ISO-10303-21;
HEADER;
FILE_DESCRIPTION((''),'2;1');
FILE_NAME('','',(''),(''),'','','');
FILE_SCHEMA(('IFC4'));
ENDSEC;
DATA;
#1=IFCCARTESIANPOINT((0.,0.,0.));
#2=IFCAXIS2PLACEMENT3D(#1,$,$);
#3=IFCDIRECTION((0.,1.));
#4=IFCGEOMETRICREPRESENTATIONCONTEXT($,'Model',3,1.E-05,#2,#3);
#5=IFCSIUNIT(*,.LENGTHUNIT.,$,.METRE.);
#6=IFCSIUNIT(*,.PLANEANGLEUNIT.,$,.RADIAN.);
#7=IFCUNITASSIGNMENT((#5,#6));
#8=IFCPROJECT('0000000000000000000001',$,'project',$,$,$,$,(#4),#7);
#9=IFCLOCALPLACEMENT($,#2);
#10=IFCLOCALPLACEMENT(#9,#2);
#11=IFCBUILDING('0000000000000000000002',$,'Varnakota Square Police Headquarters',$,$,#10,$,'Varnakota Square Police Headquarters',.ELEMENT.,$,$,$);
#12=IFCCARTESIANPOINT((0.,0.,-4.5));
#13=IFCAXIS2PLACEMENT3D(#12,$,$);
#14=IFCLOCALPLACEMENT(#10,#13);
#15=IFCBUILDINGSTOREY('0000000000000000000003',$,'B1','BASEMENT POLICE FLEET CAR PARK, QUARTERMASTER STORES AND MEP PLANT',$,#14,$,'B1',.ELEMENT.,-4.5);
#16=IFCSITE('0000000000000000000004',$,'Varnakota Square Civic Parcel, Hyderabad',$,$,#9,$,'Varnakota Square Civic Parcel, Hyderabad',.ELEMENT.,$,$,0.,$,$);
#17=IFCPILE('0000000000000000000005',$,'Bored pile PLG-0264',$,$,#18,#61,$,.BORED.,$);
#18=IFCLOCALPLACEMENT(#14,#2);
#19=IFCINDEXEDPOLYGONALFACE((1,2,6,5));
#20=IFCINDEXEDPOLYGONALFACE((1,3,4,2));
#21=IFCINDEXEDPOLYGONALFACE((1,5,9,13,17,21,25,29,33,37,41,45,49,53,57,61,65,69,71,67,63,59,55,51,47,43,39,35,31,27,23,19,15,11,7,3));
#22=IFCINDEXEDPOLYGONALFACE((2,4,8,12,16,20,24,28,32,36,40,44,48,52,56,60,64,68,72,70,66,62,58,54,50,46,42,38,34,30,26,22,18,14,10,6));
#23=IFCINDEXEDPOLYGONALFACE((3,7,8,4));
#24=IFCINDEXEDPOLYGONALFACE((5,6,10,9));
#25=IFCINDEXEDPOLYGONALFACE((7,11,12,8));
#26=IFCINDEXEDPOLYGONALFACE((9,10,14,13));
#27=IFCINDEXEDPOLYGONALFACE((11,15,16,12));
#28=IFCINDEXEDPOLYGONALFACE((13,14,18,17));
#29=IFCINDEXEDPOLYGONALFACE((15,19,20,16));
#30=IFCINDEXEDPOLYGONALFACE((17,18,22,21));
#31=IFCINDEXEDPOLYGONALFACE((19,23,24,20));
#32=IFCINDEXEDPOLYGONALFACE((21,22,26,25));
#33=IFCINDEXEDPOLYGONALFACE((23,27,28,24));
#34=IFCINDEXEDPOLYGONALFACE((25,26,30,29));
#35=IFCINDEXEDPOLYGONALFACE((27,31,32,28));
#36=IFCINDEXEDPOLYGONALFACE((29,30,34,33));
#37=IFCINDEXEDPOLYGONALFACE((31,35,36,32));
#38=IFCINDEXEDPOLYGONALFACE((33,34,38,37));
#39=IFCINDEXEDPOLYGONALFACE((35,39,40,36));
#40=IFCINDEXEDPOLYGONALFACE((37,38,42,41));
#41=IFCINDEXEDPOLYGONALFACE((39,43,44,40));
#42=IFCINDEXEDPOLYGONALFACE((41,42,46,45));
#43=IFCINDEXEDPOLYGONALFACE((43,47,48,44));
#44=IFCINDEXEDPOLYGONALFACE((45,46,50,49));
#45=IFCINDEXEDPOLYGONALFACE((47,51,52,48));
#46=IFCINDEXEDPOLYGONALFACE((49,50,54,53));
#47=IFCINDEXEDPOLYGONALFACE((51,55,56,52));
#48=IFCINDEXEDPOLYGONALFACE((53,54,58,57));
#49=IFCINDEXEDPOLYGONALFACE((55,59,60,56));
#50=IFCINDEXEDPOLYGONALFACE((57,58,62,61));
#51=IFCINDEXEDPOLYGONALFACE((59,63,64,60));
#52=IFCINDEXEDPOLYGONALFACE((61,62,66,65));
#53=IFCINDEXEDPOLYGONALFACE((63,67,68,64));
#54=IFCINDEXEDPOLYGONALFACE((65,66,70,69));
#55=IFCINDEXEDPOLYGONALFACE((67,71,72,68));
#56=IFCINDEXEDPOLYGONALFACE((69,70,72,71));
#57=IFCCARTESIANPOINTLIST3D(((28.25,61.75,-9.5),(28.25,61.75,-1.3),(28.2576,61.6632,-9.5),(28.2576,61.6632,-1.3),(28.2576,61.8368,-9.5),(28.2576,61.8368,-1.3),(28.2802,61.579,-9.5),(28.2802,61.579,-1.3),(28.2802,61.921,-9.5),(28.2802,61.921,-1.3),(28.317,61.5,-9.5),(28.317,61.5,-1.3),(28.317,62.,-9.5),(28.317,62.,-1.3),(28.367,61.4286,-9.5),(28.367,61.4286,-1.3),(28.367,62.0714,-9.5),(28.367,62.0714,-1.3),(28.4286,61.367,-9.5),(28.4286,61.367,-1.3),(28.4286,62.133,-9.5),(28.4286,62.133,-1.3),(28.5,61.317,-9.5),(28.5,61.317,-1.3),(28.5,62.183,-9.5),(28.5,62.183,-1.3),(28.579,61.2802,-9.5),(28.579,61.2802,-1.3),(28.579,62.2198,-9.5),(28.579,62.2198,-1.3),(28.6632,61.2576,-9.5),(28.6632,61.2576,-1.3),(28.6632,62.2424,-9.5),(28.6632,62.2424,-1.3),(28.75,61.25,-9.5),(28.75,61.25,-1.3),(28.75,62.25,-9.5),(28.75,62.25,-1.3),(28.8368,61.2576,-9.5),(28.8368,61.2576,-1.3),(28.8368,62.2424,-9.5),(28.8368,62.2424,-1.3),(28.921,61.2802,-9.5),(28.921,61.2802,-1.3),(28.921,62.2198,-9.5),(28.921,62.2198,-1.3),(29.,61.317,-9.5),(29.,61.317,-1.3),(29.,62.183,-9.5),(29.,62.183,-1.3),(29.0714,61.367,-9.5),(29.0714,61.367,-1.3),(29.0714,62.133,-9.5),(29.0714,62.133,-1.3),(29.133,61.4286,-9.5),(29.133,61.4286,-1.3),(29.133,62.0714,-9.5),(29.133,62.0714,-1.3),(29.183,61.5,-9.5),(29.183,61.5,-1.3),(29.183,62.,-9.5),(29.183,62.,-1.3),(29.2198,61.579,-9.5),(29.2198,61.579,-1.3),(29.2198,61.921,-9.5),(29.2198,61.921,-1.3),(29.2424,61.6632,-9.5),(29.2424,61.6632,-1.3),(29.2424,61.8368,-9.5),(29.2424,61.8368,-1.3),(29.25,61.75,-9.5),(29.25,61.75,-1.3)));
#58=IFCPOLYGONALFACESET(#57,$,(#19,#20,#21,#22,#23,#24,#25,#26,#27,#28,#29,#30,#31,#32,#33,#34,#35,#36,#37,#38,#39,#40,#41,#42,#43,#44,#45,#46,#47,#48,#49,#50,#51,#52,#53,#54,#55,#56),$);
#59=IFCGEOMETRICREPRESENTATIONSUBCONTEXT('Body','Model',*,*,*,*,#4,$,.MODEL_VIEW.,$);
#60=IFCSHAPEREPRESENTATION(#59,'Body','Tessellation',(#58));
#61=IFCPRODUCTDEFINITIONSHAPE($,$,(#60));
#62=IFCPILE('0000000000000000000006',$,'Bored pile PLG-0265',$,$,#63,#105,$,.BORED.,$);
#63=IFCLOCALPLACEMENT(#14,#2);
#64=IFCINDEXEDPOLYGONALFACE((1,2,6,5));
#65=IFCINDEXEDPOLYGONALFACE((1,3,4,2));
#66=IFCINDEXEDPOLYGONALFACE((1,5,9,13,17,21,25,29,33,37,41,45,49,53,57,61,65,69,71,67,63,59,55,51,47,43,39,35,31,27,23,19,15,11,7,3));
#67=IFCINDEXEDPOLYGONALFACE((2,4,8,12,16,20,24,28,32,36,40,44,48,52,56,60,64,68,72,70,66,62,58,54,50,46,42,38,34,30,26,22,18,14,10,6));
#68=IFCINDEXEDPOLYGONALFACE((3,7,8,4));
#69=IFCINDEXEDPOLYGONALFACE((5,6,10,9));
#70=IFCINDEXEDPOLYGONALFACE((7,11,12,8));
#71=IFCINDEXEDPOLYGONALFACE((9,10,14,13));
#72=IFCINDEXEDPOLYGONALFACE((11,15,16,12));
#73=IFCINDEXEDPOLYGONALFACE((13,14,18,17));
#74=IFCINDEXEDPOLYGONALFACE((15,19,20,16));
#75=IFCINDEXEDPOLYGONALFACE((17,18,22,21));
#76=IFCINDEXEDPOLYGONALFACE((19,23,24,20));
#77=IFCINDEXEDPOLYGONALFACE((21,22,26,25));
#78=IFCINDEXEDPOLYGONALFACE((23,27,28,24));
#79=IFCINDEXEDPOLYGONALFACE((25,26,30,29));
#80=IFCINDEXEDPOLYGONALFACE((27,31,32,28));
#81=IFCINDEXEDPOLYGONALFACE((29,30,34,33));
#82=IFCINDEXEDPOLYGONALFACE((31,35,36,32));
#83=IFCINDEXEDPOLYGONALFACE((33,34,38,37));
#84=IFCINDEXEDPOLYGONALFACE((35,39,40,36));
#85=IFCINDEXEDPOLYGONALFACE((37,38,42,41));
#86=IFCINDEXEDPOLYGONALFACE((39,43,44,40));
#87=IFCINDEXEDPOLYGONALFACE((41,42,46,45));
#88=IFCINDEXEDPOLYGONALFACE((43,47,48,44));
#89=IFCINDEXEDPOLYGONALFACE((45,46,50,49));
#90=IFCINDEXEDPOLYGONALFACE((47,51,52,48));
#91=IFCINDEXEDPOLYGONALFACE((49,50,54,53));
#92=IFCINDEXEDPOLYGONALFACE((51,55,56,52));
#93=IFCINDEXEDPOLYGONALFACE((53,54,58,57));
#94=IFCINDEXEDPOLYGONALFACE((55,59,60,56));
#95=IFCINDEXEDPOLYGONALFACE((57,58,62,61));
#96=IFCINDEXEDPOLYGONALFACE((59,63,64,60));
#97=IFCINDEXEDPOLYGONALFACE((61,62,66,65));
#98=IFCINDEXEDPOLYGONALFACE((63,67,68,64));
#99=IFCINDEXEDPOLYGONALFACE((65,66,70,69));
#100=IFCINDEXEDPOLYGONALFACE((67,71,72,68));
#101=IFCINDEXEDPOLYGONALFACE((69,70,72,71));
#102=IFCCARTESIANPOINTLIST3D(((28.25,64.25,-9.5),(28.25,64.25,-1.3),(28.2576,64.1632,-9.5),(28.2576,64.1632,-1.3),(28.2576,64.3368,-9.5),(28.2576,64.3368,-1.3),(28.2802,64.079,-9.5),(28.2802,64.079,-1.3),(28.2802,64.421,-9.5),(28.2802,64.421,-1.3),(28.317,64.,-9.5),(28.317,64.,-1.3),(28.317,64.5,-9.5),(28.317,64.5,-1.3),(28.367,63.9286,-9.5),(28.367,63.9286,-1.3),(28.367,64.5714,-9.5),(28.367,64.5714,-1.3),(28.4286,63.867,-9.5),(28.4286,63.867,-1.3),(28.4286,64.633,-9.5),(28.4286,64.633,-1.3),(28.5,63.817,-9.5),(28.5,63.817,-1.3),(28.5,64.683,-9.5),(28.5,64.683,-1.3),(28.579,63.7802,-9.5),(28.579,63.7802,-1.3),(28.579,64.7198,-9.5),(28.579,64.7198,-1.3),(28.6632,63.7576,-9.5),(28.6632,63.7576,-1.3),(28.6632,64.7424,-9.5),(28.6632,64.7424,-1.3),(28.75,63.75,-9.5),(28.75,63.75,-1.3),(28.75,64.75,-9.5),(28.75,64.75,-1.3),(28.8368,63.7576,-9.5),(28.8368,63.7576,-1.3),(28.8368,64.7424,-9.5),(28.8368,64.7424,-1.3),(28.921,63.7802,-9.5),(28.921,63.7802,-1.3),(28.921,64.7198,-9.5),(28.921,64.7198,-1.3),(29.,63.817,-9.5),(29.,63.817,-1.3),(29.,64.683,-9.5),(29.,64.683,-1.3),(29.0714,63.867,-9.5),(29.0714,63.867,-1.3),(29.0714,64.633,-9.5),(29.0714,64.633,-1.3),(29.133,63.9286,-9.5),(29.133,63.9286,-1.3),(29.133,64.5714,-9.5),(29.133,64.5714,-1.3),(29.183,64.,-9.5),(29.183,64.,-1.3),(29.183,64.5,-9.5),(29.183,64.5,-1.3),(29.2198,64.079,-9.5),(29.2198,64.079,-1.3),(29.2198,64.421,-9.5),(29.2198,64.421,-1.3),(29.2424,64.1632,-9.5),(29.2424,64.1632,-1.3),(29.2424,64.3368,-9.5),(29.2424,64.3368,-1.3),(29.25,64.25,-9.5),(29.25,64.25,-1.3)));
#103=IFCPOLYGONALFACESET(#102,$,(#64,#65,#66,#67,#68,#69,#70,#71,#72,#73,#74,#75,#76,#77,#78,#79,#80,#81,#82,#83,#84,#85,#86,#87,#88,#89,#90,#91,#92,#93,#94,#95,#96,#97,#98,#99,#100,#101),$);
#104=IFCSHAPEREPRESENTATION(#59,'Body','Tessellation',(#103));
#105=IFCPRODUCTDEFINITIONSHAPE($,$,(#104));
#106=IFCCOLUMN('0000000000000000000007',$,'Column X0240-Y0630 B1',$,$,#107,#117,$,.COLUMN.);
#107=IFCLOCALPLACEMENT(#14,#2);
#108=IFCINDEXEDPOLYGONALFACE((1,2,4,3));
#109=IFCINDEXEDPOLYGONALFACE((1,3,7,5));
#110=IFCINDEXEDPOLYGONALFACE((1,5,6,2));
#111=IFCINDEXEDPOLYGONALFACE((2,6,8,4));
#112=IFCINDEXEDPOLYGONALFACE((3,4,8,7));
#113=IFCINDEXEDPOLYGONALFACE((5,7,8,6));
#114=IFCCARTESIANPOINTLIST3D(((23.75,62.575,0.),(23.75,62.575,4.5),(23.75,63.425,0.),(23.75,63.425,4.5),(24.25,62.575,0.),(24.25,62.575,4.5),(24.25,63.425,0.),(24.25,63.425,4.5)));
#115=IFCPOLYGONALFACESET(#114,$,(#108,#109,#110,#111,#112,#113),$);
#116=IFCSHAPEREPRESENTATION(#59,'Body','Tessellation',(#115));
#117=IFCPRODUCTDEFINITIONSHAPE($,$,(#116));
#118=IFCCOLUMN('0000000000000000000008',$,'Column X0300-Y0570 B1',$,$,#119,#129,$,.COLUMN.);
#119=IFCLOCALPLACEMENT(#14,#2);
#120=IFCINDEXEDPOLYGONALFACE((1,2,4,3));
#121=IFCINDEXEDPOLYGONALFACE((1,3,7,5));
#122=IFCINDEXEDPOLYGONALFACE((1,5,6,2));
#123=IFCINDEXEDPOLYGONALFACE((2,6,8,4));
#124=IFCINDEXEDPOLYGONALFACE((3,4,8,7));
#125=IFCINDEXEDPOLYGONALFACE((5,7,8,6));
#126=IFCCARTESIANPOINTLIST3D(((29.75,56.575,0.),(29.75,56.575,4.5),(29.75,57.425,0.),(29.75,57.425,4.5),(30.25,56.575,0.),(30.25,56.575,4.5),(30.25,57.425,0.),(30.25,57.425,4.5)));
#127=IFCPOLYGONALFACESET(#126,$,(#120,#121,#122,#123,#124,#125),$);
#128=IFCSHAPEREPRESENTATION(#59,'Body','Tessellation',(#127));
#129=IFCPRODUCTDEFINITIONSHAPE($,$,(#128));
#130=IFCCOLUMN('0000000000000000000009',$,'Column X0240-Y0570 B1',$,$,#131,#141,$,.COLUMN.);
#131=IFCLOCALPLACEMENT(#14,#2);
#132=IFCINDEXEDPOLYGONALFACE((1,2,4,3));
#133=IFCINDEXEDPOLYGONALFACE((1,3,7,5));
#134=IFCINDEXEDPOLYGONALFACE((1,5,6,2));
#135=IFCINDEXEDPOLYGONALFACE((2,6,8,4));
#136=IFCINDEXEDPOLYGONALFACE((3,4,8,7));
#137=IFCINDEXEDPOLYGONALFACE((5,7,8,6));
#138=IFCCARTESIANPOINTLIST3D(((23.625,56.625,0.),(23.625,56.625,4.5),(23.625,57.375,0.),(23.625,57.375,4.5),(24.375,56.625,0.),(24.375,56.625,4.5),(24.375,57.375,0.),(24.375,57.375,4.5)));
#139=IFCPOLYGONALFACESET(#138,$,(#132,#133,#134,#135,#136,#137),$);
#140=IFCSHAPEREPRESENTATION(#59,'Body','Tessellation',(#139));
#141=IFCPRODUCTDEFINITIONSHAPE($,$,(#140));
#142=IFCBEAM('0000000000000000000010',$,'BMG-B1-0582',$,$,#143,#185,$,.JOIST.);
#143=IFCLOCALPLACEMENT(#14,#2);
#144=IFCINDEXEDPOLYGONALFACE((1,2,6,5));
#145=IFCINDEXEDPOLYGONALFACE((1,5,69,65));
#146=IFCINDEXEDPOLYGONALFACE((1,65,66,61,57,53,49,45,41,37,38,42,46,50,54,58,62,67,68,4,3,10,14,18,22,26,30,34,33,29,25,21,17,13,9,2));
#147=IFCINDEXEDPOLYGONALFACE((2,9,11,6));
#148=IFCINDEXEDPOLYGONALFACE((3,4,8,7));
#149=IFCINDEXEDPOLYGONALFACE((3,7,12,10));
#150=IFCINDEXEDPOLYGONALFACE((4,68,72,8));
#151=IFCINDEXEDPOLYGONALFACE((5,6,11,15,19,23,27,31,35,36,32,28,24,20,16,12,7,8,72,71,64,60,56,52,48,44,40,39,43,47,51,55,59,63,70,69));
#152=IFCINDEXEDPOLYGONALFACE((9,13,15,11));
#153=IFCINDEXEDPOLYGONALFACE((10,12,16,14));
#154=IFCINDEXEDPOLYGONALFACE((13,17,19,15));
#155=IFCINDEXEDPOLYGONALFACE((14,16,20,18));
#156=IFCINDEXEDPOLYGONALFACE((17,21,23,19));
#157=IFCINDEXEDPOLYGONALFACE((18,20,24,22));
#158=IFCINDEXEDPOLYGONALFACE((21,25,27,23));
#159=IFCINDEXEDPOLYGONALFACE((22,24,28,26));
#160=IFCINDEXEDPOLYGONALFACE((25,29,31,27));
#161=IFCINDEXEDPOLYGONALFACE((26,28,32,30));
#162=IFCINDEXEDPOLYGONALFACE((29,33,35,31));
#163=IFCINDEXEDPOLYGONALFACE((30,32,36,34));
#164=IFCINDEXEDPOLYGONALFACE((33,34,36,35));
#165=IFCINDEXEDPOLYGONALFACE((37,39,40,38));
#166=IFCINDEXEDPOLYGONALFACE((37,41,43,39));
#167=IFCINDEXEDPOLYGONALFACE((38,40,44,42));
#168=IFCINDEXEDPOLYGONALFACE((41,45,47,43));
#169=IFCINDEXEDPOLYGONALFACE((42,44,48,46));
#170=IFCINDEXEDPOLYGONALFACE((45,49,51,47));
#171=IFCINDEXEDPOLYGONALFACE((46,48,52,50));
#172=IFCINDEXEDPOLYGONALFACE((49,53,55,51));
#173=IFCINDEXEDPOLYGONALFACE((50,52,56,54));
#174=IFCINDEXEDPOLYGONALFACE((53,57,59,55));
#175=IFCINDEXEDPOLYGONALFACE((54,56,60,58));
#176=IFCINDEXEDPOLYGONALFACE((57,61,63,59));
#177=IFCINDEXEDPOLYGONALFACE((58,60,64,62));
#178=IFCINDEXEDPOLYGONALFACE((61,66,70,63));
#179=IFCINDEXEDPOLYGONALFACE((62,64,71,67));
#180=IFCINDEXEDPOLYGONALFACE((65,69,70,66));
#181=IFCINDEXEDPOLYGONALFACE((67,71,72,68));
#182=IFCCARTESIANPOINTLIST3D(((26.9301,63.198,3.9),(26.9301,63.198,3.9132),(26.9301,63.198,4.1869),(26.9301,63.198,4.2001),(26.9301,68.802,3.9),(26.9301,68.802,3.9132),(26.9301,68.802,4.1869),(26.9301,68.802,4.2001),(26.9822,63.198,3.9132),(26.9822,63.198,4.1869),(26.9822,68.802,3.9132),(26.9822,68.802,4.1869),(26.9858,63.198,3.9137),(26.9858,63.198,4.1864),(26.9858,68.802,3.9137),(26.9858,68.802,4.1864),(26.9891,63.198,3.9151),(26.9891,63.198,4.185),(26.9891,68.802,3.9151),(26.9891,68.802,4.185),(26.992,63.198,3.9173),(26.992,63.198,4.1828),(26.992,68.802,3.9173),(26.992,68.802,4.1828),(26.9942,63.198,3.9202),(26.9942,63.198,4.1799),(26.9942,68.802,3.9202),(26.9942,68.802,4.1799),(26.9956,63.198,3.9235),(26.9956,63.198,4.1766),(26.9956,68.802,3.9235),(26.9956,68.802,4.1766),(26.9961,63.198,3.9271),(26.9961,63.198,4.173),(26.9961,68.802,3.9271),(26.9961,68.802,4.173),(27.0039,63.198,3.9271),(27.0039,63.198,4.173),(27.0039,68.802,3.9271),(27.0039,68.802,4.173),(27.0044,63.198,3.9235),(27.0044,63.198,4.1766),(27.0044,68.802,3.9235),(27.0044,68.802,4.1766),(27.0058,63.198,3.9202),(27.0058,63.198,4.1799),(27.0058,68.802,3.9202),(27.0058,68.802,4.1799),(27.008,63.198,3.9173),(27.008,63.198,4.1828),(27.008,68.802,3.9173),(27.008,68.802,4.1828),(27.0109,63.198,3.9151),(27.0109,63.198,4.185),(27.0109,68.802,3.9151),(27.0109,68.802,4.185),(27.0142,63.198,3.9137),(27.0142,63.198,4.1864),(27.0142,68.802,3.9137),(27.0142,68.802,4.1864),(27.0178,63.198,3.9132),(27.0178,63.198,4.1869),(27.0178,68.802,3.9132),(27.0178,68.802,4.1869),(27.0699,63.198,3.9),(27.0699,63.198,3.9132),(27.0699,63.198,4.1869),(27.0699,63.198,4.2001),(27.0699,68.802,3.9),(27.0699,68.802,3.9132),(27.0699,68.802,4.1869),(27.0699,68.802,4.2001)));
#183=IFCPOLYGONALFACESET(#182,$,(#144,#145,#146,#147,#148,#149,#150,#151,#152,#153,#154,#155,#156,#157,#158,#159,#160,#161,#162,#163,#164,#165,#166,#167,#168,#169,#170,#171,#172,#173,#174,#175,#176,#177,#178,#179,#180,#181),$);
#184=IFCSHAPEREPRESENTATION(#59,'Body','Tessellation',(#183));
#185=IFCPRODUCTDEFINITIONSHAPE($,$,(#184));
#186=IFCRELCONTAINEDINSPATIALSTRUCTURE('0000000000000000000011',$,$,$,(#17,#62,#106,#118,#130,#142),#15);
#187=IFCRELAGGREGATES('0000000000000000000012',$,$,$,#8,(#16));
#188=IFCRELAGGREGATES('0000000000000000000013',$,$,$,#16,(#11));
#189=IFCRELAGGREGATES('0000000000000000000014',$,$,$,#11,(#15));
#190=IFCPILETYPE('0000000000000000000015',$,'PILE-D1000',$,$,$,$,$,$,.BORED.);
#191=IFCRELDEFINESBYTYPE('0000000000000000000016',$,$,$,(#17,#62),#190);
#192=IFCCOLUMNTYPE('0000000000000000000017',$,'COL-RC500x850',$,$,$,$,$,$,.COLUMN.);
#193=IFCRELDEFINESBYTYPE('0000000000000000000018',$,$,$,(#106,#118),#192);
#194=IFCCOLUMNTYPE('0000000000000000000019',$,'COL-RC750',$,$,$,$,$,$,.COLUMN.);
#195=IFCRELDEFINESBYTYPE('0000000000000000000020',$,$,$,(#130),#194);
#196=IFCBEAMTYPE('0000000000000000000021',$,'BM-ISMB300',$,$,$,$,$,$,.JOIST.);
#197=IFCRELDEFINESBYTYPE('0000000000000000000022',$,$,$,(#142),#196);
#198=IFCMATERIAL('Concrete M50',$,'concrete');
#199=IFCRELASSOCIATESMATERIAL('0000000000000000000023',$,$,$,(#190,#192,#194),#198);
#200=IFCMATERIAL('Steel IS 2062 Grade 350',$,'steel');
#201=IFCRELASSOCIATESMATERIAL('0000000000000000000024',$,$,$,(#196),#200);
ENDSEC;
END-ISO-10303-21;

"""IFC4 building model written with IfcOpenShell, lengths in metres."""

from ifc_helpers import new_model, si_unit, direction, frame, origin, origin_2d, place, context, subcontext, project, spatial, rectangle, circle, i_section, extrude, material, material_profile, profile_set, type_object, element, save


model = new_model("IFC4")

# Units and contexts
model_context = context("Model", 3, precision=1e-05, world=origin(), true_north=direction((0.0, 1.0)))
body_context = subcontext(model_context, "Body", "Model", "MODEL_VIEW")
ifc_project = project(units=[si_unit("LENGTHUNIT", "METRE"), si_unit("PLANEANGLEUNIT", "RADIAN")], contexts=[model_context])

# Site, building, storey
site_placement = place(None, origin())
site = spatial("IfcSite", under=ifc_project, at=site_placement, Name="Varnakota Square Civic Parcel, Hyderabad", LongName="Varnakota Square Civic Parcel, Hyderabad", CompositionType="ELEMENT", RefElevation=0.0)
building_placement = place(site_placement, origin())
building = spatial("IfcBuilding", under=site, at=building_placement, Name="Varnakota Square Police Headquarters", LongName="Varnakota Square Police Headquarters", CompositionType="ELEMENT")
storey_placement = place(building_placement, frame((0.0, 0.0, -4.5)))
storey = spatial("IfcBuildingStorey", under=building, at=storey_placement, Name="B1", Description="BASEMENT POLICE FLEET CAR PARK, QUARTERMASTER STORES AND MEP PLANT", LongName="B1", CompositionType="ELEMENT", Elevation=-4.5)

# Shared definitions
ifc_material_1 = material(Name="Concrete M50", Category="concrete")

# Piles
ifc_material_profile_1 = material_profile(ifc_material_1, circle(Radius=0.5, at=origin_2d()), Name="BORED PILE 1000")
ifc_profile_set_1 = profile_set([ifc_material_profile_1], Name="Concrete M50")
pile_type = type_object("IfcPileType", Name="PILE-D1000", PredefinedType="BORED", material=ifc_profile_set_1)
for number, where, z_axis, x_axis, name in (
    (1, (28.75, 61.75, -1.3), (0.0, 0.0, -1.0), (1.0, 0.0, 0.0), "Bored pile PLG-0264"),
    (2, (28.75, 64.25, -1.3), (0.0, 0.0, -1.0), (1.0, 0.0, 0.0), "Bored pile PLG-0265"),
):
    element("IfcPile", number, at=place(storey_placement, frame(where, z_axis=z_axis, x_axis=x_axis)), inside=storey, type_object=pile_type, Name=name, PredefinedType="BORED", context=body_context, shape_type="SweptSolid", body=[
        extrude(circle(Radius=0.5, at=origin_2d()), origin(), (0.0, 0.0, 1.0), 8.2),
    ])

# Columns
ifc_material_profile_2 = material_profile(ifc_material_1, rectangle(XDim=0.5, YDim=0.8501, at=origin_2d()), Name="RC 500x850")
ifc_profile_set_2 = profile_set([ifc_material_profile_2], Name="Concrete M50")
column_type_1 = type_object("IfcColumnType", Name="COL-RC500x850", PredefinedType="COLUMN", material=ifc_profile_set_2)
for number, where, z_axis, x_axis, name in (
    (3, (24.0, 63.0, 0.0), (0.0, 0.0, 1.0), (1.0, 0.0, 0.0), "Column X0240-Y0630 B1"),
    (4, (30.0, 57.0, 0.0), (0.0, 0.0, 1.0), (1.0, 0.0, 0.0), "Column X0300-Y0570 B1"),
):
    element("IfcColumn", number, at=place(storey_placement, frame(where, z_axis=z_axis, x_axis=x_axis)), inside=storey, type_object=column_type_1, Name=name, PredefinedType="COLUMN", context=body_context, shape_type="SweptSolid", body=[
        extrude(rectangle(XDim=0.5, YDim=0.8501, at=origin_2d()), origin(), (0.0, 0.0, 1.0), 4.5),
    ])
ifc_material_profile_3 = material_profile(ifc_material_1, rectangle(XDim=0.75, YDim=0.75, at=origin_2d()), Name="RC 750x750")
ifc_profile_set_3 = profile_set([ifc_material_profile_3], Name="Concrete M50")
column_type_2 = type_object("IfcColumnType", Name="COL-RC750", PredefinedType="COLUMN", material=ifc_profile_set_3)
column_placement = place(storey_placement, frame((24.0, 57.0, 0.0), z_axis=(0.0, 0.0, 1.0), x_axis=(1.0, 0.0, 0.0)))
element("IfcColumn", 5, at=column_placement, inside=storey, type_object=column_type_2, Name="Column X0240-Y0570 B1", PredefinedType="COLUMN", context=body_context, shape_type="SweptSolid", body=[
    extrude(rectangle(XDim=0.75, YDim=0.75, at=origin_2d()), origin(), (0.0, 0.0, 1.0), 4.5),
])

# Beam
ifc_material_2 = material(Name="Steel IS 2062 Grade 350", Category="steel")
ifc_material_profile_4 = material_profile(ifc_material_2, i_section(OverallWidth=0.1399, OverallDepth=0.3, WebThickness=0.0078, FlangeThickness=0.0132, FilletRadius=0.0139, at=origin_2d()), Name="ISMB 300")
ifc_profile_set_4 = profile_set([ifc_material_profile_4], Name="Steel IS 2062 Grade 350")
beam_type_1 = type_object("IfcBeamType", Name="BM-ISMB300", PredefinedType="JOIST", material=ifc_profile_set_4)
beam_1_placement = place(storey_placement, frame((27.0, 63.198, 4.05), z_axis=(0.0, 1.0, 0.0), x_axis=(-1.0, 0.0, 0.0)))
element("IfcBeam", 6, at=beam_1_placement, inside=storey, type_object=beam_type_1, Name="BMG-B1-0582", PredefinedType="JOIST", context=body_context, shape_type="SweptSolid", body=[
    extrude(i_section(OverallWidth=0.1399, OverallDepth=0.3, WebThickness=0.0078, FlangeThickness=0.0132, FilletRadius=0.0139, at=origin_2d()), origin(), (0.0, 0.0, 1.0), 5.604),
])

save(model, "model.ifc")
